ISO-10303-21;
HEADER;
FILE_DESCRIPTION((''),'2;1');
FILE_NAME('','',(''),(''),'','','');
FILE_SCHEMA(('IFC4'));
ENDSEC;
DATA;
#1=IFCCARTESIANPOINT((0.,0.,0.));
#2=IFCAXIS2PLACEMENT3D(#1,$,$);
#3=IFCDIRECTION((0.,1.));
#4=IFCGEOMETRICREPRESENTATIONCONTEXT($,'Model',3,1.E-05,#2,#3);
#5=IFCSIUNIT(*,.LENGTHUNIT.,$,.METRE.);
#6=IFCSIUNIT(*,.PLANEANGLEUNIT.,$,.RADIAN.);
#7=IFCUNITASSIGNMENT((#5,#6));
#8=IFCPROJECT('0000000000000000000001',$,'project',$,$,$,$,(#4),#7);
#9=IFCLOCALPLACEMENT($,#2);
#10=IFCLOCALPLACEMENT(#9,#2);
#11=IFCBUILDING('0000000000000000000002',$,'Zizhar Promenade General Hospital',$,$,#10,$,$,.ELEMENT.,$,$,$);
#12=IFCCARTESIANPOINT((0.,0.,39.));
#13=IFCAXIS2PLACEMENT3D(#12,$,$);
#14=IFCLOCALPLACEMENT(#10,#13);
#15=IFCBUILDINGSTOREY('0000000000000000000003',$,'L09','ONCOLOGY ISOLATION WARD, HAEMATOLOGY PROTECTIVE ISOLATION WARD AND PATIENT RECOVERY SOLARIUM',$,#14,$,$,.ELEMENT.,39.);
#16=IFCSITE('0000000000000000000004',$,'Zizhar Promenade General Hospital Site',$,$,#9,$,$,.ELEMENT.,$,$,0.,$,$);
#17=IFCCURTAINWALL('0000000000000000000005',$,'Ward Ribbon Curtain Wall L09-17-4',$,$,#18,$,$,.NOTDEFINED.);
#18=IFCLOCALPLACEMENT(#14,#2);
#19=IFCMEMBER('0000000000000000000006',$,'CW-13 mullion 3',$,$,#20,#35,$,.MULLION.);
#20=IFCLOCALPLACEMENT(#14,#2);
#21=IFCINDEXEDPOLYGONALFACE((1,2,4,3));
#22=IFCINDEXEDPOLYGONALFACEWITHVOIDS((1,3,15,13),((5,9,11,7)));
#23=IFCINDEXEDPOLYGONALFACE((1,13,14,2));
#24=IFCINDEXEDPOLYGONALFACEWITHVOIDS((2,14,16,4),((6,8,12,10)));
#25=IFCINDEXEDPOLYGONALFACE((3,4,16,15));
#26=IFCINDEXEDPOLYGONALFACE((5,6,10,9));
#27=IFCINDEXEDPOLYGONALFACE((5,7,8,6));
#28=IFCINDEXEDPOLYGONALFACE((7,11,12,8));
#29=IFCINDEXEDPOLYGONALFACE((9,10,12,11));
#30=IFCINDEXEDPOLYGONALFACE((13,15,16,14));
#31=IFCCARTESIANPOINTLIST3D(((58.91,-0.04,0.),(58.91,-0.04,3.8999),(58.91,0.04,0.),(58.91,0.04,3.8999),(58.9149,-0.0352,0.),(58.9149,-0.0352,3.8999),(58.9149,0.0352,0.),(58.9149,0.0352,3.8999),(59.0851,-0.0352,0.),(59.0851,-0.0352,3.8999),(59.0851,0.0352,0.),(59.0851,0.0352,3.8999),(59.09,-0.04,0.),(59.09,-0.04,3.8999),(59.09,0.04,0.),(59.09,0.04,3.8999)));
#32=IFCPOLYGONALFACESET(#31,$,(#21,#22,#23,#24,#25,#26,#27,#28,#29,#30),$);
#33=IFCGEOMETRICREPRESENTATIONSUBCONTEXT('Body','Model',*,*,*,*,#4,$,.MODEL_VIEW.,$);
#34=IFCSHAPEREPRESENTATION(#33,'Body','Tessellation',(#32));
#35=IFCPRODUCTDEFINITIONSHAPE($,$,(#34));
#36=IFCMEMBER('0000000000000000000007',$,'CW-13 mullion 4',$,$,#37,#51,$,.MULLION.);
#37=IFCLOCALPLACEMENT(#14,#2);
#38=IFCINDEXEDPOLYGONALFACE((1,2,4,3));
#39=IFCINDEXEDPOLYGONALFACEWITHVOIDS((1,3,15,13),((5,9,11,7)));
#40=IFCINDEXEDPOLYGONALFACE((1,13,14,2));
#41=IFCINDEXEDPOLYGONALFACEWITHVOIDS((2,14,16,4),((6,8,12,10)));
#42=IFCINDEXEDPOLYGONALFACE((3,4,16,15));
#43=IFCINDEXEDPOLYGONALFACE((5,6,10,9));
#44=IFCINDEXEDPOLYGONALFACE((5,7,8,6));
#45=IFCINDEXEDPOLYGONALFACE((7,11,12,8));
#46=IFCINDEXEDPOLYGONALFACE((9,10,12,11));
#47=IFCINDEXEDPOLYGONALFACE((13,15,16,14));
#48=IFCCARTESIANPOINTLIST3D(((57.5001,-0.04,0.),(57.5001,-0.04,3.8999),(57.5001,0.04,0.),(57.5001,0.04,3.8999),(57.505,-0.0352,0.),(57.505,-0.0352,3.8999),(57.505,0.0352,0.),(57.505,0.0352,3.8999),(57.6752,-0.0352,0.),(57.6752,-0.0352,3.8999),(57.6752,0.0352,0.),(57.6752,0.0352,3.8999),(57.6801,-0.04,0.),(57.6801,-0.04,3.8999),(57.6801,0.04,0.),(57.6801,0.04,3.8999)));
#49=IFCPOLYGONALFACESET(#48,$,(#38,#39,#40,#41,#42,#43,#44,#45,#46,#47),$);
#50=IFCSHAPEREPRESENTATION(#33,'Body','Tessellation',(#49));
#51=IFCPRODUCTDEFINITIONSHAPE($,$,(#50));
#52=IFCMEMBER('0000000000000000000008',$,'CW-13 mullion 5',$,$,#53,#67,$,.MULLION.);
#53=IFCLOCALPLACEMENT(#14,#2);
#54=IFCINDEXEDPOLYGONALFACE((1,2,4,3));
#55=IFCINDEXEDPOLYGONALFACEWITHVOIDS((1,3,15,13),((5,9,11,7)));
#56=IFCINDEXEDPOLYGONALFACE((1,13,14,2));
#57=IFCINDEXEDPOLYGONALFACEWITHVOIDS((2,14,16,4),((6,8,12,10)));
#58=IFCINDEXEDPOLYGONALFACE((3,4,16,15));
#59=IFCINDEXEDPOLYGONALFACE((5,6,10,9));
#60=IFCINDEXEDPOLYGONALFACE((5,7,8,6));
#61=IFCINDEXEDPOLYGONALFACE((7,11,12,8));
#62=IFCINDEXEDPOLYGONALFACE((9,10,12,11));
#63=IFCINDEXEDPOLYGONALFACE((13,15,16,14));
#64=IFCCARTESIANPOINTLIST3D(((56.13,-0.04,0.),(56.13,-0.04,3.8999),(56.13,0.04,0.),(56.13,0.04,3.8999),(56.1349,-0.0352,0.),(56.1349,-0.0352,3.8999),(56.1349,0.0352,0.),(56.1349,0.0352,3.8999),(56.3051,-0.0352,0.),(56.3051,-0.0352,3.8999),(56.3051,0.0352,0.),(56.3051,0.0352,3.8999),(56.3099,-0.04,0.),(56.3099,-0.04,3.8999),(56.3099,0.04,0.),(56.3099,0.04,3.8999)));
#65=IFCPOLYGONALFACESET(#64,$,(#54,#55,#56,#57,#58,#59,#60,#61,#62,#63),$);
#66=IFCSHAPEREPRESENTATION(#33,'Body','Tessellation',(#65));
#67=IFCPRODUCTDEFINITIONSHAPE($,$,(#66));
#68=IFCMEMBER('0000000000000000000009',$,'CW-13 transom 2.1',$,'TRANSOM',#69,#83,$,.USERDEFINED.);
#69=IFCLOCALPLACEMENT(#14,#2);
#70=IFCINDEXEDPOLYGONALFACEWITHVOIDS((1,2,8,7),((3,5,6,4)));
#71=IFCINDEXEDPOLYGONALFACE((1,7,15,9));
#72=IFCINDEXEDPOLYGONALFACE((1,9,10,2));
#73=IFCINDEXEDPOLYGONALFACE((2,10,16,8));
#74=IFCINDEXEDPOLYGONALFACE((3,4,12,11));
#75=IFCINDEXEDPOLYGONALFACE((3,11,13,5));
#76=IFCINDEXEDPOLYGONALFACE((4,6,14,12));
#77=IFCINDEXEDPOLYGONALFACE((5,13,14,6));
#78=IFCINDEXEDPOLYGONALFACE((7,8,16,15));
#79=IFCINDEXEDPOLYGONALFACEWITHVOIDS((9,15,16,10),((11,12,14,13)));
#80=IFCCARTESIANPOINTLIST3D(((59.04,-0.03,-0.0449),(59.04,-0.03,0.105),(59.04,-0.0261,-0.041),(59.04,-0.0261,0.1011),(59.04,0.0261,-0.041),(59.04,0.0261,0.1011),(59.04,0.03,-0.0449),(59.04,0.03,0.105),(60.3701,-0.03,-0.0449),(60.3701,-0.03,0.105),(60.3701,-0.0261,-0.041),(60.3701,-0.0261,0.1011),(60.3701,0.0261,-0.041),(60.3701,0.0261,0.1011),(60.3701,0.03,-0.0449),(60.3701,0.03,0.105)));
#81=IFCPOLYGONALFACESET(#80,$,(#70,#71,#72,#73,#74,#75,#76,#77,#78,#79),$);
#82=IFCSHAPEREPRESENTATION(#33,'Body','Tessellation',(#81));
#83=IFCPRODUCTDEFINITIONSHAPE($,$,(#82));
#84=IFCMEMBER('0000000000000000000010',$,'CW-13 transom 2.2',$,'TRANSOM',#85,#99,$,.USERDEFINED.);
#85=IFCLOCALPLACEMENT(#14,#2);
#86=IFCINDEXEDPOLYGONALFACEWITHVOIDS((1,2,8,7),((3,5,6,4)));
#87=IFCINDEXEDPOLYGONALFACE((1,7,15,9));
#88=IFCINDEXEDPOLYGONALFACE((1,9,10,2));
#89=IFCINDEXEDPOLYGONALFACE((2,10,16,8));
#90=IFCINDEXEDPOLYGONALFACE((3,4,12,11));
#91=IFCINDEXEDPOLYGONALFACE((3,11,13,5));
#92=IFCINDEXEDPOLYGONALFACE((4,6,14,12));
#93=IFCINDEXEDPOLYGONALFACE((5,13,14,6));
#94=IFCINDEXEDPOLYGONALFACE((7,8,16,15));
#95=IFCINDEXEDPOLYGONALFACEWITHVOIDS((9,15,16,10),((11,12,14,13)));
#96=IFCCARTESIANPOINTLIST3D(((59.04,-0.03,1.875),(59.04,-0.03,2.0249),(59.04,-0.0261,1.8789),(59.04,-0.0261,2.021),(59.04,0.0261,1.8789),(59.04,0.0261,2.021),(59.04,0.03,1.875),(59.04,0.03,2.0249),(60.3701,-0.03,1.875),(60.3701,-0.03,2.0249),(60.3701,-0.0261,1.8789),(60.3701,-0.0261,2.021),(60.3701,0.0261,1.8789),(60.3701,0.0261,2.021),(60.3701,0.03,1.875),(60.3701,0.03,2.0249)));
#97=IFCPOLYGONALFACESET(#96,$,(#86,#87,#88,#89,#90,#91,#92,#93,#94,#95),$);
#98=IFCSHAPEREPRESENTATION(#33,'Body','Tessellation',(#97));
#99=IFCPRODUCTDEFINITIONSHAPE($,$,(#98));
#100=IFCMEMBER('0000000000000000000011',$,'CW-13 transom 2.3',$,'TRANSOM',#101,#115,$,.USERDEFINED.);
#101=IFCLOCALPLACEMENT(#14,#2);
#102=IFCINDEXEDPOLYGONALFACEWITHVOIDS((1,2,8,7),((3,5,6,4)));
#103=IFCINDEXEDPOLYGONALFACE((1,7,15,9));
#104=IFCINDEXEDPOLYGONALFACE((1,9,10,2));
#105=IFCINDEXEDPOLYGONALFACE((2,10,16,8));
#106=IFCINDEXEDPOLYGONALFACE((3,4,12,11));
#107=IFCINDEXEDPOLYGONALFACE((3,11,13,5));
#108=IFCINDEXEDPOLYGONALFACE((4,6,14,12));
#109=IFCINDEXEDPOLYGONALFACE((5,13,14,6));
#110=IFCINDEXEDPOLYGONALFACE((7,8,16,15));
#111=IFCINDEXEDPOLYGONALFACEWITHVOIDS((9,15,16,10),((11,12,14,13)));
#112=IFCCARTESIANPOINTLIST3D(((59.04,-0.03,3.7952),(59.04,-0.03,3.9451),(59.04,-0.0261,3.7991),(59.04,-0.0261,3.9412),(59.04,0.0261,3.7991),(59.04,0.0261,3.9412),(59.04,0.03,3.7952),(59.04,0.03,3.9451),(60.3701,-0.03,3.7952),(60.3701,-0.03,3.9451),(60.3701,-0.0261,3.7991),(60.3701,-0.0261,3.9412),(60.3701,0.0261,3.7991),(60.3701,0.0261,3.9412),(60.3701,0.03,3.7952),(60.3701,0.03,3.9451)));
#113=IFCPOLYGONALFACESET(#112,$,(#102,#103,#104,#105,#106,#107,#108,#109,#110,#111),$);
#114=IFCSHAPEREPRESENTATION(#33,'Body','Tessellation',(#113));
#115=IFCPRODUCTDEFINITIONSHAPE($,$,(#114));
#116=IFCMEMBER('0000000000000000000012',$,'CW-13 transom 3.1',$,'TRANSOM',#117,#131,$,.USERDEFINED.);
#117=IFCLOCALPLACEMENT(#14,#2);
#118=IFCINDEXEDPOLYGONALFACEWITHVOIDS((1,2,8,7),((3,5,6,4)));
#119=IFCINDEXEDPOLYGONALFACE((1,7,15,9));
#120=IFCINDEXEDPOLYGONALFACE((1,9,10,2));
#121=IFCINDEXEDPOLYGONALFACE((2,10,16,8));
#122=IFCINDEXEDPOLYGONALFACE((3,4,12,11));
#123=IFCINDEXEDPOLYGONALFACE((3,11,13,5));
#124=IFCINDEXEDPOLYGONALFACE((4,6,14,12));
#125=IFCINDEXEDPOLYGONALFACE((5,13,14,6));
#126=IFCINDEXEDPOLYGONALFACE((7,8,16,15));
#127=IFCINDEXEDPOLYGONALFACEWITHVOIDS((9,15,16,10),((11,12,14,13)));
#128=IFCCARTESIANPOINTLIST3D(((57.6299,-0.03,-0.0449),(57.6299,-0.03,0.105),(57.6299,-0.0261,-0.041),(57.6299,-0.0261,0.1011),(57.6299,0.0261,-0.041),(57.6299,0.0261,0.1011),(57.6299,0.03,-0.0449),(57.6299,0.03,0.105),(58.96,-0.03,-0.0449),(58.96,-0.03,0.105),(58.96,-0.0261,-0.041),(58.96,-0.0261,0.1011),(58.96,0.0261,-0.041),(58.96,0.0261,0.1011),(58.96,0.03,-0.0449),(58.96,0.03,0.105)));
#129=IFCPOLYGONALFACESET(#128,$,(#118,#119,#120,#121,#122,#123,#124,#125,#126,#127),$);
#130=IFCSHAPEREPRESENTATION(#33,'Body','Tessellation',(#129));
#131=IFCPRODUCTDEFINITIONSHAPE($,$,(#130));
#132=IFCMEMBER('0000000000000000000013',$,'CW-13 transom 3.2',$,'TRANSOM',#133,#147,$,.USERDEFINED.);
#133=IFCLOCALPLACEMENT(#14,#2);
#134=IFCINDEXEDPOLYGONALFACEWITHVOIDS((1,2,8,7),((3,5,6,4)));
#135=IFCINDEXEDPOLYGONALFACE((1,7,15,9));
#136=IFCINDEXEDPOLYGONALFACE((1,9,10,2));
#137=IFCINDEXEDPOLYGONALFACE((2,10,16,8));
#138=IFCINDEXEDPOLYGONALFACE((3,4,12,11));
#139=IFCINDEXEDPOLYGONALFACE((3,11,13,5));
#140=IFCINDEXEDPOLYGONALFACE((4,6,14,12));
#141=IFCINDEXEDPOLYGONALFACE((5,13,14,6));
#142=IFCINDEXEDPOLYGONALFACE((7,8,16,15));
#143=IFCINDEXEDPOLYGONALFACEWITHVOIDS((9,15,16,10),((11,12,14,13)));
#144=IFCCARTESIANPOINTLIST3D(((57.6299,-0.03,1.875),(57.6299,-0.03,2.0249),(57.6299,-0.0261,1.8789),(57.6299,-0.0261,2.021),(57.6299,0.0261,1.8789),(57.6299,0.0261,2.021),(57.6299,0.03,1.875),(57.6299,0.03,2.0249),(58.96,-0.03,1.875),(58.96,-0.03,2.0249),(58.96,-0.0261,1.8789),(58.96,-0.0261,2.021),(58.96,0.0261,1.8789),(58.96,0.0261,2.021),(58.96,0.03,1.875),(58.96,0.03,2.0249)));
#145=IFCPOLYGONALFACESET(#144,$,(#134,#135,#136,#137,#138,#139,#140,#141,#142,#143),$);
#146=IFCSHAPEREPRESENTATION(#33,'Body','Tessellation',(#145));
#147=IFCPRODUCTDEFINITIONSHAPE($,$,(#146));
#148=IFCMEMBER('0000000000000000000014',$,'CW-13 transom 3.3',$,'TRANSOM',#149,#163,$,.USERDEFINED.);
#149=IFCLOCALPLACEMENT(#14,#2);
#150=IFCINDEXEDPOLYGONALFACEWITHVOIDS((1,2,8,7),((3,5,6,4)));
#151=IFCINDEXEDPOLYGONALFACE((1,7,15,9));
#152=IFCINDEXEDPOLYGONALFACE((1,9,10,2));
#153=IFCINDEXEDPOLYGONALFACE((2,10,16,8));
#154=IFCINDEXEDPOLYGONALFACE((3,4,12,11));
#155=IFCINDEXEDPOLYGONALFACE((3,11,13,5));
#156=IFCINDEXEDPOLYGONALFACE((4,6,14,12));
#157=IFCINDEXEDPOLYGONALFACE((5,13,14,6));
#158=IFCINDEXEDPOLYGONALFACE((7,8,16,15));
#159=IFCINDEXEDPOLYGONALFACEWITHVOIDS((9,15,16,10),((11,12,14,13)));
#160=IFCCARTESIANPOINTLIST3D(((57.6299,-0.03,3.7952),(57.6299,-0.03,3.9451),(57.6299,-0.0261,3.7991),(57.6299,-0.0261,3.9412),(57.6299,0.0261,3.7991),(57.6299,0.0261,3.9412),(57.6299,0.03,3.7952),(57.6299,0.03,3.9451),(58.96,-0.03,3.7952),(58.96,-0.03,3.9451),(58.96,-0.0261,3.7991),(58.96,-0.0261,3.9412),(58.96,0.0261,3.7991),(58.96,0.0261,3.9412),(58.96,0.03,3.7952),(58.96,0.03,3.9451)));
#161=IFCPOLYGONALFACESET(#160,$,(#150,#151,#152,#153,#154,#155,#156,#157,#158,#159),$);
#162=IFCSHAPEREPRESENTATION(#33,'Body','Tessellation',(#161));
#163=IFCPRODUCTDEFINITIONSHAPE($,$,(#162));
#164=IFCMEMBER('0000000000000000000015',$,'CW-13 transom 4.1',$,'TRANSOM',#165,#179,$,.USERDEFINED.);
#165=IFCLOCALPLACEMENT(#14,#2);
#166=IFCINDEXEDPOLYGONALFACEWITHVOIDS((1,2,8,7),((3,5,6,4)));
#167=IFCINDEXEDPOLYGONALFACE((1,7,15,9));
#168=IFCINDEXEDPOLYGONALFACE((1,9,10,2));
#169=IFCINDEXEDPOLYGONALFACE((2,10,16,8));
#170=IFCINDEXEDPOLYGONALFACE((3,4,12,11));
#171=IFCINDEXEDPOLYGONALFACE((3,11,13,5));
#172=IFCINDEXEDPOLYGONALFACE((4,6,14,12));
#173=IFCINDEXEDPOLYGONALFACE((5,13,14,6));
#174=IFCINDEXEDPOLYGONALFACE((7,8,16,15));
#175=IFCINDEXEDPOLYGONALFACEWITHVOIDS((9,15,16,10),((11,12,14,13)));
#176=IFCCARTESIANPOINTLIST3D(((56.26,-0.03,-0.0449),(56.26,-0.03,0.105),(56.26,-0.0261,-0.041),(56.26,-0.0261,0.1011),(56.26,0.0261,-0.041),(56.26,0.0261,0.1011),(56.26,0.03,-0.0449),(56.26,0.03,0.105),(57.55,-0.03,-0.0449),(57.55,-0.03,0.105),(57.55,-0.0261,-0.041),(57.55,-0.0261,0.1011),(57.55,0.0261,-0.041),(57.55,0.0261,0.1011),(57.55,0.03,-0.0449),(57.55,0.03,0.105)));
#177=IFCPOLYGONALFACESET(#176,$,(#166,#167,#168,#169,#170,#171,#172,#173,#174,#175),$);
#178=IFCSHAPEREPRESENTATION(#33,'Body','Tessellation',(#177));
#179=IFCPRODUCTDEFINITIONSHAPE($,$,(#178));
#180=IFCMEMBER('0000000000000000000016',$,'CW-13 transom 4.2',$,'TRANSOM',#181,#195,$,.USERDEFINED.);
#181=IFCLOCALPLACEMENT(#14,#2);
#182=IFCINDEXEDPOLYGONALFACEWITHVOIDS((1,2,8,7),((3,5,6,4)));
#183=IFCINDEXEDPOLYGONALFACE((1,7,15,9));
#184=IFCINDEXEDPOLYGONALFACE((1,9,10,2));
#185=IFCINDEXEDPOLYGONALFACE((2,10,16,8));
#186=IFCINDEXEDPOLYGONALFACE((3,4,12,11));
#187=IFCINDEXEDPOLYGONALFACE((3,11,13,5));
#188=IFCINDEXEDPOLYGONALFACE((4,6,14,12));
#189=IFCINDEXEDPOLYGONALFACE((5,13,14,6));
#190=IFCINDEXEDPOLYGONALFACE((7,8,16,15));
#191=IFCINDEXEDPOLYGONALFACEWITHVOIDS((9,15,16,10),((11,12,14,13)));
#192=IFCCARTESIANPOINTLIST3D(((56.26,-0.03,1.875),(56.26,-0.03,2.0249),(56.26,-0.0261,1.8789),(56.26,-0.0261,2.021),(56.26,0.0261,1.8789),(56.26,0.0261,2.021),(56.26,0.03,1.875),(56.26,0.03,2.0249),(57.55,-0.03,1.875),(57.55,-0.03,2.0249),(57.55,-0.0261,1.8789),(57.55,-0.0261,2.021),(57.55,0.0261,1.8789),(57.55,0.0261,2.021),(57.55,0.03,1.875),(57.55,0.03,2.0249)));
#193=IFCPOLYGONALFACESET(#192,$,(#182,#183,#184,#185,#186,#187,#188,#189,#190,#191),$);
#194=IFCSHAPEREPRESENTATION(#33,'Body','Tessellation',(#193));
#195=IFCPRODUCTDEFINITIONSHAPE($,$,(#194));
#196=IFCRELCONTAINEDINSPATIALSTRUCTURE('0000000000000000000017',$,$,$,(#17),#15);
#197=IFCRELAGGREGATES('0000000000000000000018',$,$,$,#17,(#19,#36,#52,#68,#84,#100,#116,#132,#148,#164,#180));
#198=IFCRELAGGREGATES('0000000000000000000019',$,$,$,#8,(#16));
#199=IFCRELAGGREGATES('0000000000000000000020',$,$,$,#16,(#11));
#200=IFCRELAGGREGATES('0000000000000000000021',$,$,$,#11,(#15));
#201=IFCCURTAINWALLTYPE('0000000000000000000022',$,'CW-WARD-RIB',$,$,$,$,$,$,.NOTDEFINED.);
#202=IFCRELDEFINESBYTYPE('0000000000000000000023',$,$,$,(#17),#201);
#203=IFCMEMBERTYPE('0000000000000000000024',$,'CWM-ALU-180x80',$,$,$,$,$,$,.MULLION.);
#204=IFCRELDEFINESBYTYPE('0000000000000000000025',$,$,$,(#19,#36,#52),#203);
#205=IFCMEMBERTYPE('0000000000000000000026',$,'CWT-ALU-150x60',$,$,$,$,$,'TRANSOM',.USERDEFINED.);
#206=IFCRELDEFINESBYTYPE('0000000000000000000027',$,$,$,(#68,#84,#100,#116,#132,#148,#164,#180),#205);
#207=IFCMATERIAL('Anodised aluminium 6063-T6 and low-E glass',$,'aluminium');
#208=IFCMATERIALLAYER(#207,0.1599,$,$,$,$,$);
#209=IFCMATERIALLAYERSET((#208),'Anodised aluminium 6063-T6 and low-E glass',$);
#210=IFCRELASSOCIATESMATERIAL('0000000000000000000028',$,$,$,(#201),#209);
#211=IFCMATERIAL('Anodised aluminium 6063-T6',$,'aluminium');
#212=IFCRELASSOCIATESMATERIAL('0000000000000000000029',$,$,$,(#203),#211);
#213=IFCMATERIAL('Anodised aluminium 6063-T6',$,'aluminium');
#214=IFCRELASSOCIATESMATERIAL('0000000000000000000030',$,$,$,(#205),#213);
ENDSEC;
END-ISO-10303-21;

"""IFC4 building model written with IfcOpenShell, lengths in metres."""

from ifc_helpers import new_model, si_unit, direction, frame, origin, origin_2d, place, context, subcontext, project, spatial, hollow_rectangle, extrude, material, layer, layer_set, material_profile, profile_set, type_object, element, aggregate, save


model = new_model("IFC4")

# Units and contexts
model_context = context("Model", 3, precision=1e-05, world=origin(), true_north=direction((0.0, 1.0)))
body_context = subcontext(model_context, "Body", "Model", "MODEL_VIEW")
ifc_project = project(units=[si_unit("LENGTHUNIT", "METRE"), si_unit("PLANEANGLEUNIT", "RADIAN")], contexts=[model_context])

# Site, building, storey
site_placement = place(None, origin())
site = spatial("IfcSite", under=ifc_project, at=site_placement, Name="Zizhar Promenade General Hospital Site", CompositionType="ELEMENT", RefElevation=0.0)
building_placement = place(site_placement, origin())
building = spatial("IfcBuilding", under=site, at=building_placement, Name="Zizhar Promenade General Hospital", CompositionType="ELEMENT")
storey_placement = place(building_placement, frame((0.0, 0.0, 39.0)))
storey = spatial("IfcBuildingStorey", under=building, at=storey_placement, Name="L09", Description="ONCOLOGY ISOLATION WARD, HAEMATOLOGY PROTECTIVE ISOLATION WARD AND PATIENT RECOVERY SOLARIUM", CompositionType="ELEMENT", Elevation=39.0)

# Curtain wall, members
ifc_material_1 = material(Name="Anodised aluminium 6063-T6 and low-E glass", Category="aluminium")
ifc_layer_1 = layer(ifc_material_1, 0.1599)
ifc_layer_set_1 = layer_set([ifc_layer_1], Name="Anodised aluminium 6063-T6 and low-E glass")
curtain_wall_type = type_object("IfcCurtainWallType", Name="CW-WARD-RIB", PredefinedType="NOTDEFINED", material=ifc_layer_set_1)
curtain_wall_placement = place(storey_placement, origin())
curtain_wall = element("IfcCurtainWall", 1, at=curtain_wall_placement, inside=storey, type_object=curtain_wall_type, Name="Ward Ribbon Curtain Wall L09-17-4", PredefinedType="NOTDEFINED")
ifc_material_2 = material(Name="Anodised aluminium 6063-T6", Category="aluminium")
ifc_material_profile_1 = material_profile(ifc_material_2, hollow_rectangle(XDim=0.0801, YDim=0.1799, WallThickness=0.0049, at=origin_2d()))
ifc_profile_set_1 = profile_set([ifc_material_profile_1], Name="Anodised aluminium 6063-T6")
member_type_1 = type_object("IfcMemberType", Name="CWM-ALU-180x80", PredefinedType="MULLION", material=ifc_profile_set_1)
member_1_placement = place(storey_placement, frame((59.0, 0.0, 0.0), z_axis=(0.0, 0.0, 1.0), x_axis=(0.0, -1.0, 0.0)))
member_1 = element("IfcMember", 2, at=member_1_placement, type_object=member_type_1, Name="CW-13 mullion 3", PredefinedType="MULLION", context=body_context, shape_type="SweptSolid", body=[
    extrude(hollow_rectangle(XDim=0.0801, YDim=0.1799, WallThickness=0.0049, at=origin_2d()), origin(), (0.0, 0.0, 1.0), 3.8999),
])
member_2_placement = place(storey_placement, frame((57.5901, 0.0, 0.0), z_axis=(0.0, 0.0, 1.0), x_axis=(0.0, -1.0, 0.0)))
member_2 = element("IfcMember", 3, at=member_2_placement, type_object=member_type_1, Name="CW-13 mullion 4", PredefinedType="MULLION", context=body_context, shape_type="SweptSolid", body=[
    extrude(hollow_rectangle(XDim=0.0801, YDim=0.1799, WallThickness=0.0049, at=origin_2d()), origin(), (0.0, 0.0, 1.0), 3.8999),
])
member_3_placement = place(storey_placement, frame((56.22, 0.0, 0.0), z_axis=(0.0, 0.0, 1.0), x_axis=(0.0, -1.0, 0.0)))
member_3 = element("IfcMember", 4, at=member_3_placement, type_object=member_type_1, Name="CW-13 mullion 5", PredefinedType="MULLION", context=body_context, shape_type="SweptSolid", body=[
    extrude(hollow_rectangle(XDim=0.0801, YDim=0.1799, WallThickness=0.0049, at=origin_2d()), origin(), (0.0, 0.0, 1.0), 3.8999),
])
ifc_material_3 = material(Name="Anodised aluminium 6063-T6", Category="aluminium")
ifc_material_profile_2 = material_profile(ifc_material_3, hollow_rectangle(XDim=0.0601, YDim=0.1499, WallThickness=0.0039, at=origin_2d()))
ifc_profile_set_2 = profile_set([ifc_material_profile_2], Name="Anodised aluminium 6063-T6")
member_type_2 = type_object("IfcMemberType", Name="CWT-ALU-150x60", ElementType="TRANSOM", PredefinedType="USERDEFINED", material=ifc_profile_set_2)
member_4_placement = place(storey_placement, frame((60.3701, 0.0, 0.03), z_axis=(-1.0, 0.0, 0.0), x_axis=(0.0, -1.0, 0.0)))
member_4 = element("IfcMember", 5, at=member_4_placement, type_object=member_type_2, Name="CW-13 transom 2.1", ObjectType="TRANSOM", PredefinedType="USERDEFINED", context=body_context, shape_type="SweptSolid", body=[
    extrude(hollow_rectangle(XDim=0.0601, YDim=0.1499, WallThickness=0.0039, at=origin_2d()), origin(), (0.0, 0.0, 1.0), 1.3301),
])
member_5_placement = place(storey_placement, frame((60.3701, 0.0, 1.95), z_axis=(-1.0, 0.0, 0.0), x_axis=(0.0, -1.0, 0.0)))
member_5 = element("IfcMember", 6, at=member_5_placement, type_object=member_type_2, Name="CW-13 transom 2.2", ObjectType="TRANSOM", PredefinedType="USERDEFINED", context=body_context, shape_type="SweptSolid", body=[
    extrude(hollow_rectangle(XDim=0.0601, YDim=0.1499, WallThickness=0.0039, at=origin_2d()), origin(), (0.0, 0.0, 1.0), 1.3301),
])
member_6_placement = place(storey_placement, frame((60.3701, 0.0, 3.8701), z_axis=(-1.0, 0.0, 0.0), x_axis=(0.0, -1.0, 0.0)))
member_6 = element("IfcMember", 7, at=member_6_placement, type_object=member_type_2, Name="CW-13 transom 2.3", ObjectType="TRANSOM", PredefinedType="USERDEFINED", context=body_context, shape_type="SweptSolid", body=[
    extrude(hollow_rectangle(XDim=0.0601, YDim=0.1499, WallThickness=0.0039, at=origin_2d()), origin(), (0.0, 0.0, 1.0), 1.3301),
])
member_7_placement = place(storey_placement, frame((58.96, 0.0, 0.03), z_axis=(-1.0, 0.0, 0.0), x_axis=(0.0, -1.0, 0.0)))
member_7 = element("IfcMember", 8, at=member_7_placement, type_object=member_type_2, Name="CW-13 transom 3.1", ObjectType="TRANSOM", PredefinedType="USERDEFINED", context=body_context, shape_type="SweptSolid", body=[
    extrude(hollow_rectangle(XDim=0.0601, YDim=0.1499, WallThickness=0.0039, at=origin_2d()), origin(), (0.0, 0.0, 1.0), 1.3301),
])
member_8_placement = place(storey_placement, frame((58.96, 0.0, 1.95), z_axis=(-1.0, 0.0, 0.0), x_axis=(0.0, -1.0, 0.0)))
member_8 = element("IfcMember", 9, at=member_8_placement, type_object=member_type_2, Name="CW-13 transom 3.2", ObjectType="TRANSOM", PredefinedType="USERDEFINED", context=body_context, shape_type="SweptSolid", body=[
    extrude(hollow_rectangle(XDim=0.0601, YDim=0.1499, WallThickness=0.0039, at=origin_2d()), origin(), (0.0, 0.0, 1.0), 1.3301),
])
member_9_placement = place(storey_placement, frame((58.96, 0.0, 3.8701), z_axis=(-1.0, 0.0, 0.0), x_axis=(0.0, -1.0, 0.0)))
member_9 = element("IfcMember", 10, at=member_9_placement, type_object=member_type_2, Name="CW-13 transom 3.3", ObjectType="TRANSOM", PredefinedType="USERDEFINED", context=body_context, shape_type="SweptSolid", body=[
    extrude(hollow_rectangle(XDim=0.0601, YDim=0.1499, WallThickness=0.0039, at=origin_2d()), origin(), (0.0, 0.0, 1.0), 1.3301),
])
member_10_placement = place(storey_placement, frame((57.55, 0.0, 0.03), z_axis=(-1.0, 0.0, 0.0), x_axis=(0.0, -1.0, 0.0)))
member_10 = element("IfcMember", 11, at=member_10_placement, type_object=member_type_2, Name="CW-13 transom 4.1", ObjectType="TRANSOM", PredefinedType="USERDEFINED", context=body_context, shape_type="SweptSolid", body=[
    extrude(hollow_rectangle(XDim=0.0601, YDim=0.1499, WallThickness=0.0039, at=origin_2d()), origin(), (0.0, 0.0, 1.0), 1.29),
])
member_11_placement = place(storey_placement, frame((57.55, 0.0, 1.95), z_axis=(-1.0, 0.0, 0.0), x_axis=(0.0, -1.0, 0.0)))
member_11 = element("IfcMember", 12, at=member_11_placement, type_object=member_type_2, Name="CW-13 transom 4.2", ObjectType="TRANSOM", PredefinedType="USERDEFINED", context=body_context, shape_type="SweptSolid", body=[
    extrude(hollow_rectangle(XDim=0.0601, YDim=0.1499, WallThickness=0.0039, at=origin_2d()), origin(), (0.0, 0.0, 1.0), 1.29),
])
aggregate(curtain_wall, [member_1, member_2, member_3, member_4, member_5, member_6, member_7, member_8, member_9, member_10, member_11])

save(model, "model.ifc")
